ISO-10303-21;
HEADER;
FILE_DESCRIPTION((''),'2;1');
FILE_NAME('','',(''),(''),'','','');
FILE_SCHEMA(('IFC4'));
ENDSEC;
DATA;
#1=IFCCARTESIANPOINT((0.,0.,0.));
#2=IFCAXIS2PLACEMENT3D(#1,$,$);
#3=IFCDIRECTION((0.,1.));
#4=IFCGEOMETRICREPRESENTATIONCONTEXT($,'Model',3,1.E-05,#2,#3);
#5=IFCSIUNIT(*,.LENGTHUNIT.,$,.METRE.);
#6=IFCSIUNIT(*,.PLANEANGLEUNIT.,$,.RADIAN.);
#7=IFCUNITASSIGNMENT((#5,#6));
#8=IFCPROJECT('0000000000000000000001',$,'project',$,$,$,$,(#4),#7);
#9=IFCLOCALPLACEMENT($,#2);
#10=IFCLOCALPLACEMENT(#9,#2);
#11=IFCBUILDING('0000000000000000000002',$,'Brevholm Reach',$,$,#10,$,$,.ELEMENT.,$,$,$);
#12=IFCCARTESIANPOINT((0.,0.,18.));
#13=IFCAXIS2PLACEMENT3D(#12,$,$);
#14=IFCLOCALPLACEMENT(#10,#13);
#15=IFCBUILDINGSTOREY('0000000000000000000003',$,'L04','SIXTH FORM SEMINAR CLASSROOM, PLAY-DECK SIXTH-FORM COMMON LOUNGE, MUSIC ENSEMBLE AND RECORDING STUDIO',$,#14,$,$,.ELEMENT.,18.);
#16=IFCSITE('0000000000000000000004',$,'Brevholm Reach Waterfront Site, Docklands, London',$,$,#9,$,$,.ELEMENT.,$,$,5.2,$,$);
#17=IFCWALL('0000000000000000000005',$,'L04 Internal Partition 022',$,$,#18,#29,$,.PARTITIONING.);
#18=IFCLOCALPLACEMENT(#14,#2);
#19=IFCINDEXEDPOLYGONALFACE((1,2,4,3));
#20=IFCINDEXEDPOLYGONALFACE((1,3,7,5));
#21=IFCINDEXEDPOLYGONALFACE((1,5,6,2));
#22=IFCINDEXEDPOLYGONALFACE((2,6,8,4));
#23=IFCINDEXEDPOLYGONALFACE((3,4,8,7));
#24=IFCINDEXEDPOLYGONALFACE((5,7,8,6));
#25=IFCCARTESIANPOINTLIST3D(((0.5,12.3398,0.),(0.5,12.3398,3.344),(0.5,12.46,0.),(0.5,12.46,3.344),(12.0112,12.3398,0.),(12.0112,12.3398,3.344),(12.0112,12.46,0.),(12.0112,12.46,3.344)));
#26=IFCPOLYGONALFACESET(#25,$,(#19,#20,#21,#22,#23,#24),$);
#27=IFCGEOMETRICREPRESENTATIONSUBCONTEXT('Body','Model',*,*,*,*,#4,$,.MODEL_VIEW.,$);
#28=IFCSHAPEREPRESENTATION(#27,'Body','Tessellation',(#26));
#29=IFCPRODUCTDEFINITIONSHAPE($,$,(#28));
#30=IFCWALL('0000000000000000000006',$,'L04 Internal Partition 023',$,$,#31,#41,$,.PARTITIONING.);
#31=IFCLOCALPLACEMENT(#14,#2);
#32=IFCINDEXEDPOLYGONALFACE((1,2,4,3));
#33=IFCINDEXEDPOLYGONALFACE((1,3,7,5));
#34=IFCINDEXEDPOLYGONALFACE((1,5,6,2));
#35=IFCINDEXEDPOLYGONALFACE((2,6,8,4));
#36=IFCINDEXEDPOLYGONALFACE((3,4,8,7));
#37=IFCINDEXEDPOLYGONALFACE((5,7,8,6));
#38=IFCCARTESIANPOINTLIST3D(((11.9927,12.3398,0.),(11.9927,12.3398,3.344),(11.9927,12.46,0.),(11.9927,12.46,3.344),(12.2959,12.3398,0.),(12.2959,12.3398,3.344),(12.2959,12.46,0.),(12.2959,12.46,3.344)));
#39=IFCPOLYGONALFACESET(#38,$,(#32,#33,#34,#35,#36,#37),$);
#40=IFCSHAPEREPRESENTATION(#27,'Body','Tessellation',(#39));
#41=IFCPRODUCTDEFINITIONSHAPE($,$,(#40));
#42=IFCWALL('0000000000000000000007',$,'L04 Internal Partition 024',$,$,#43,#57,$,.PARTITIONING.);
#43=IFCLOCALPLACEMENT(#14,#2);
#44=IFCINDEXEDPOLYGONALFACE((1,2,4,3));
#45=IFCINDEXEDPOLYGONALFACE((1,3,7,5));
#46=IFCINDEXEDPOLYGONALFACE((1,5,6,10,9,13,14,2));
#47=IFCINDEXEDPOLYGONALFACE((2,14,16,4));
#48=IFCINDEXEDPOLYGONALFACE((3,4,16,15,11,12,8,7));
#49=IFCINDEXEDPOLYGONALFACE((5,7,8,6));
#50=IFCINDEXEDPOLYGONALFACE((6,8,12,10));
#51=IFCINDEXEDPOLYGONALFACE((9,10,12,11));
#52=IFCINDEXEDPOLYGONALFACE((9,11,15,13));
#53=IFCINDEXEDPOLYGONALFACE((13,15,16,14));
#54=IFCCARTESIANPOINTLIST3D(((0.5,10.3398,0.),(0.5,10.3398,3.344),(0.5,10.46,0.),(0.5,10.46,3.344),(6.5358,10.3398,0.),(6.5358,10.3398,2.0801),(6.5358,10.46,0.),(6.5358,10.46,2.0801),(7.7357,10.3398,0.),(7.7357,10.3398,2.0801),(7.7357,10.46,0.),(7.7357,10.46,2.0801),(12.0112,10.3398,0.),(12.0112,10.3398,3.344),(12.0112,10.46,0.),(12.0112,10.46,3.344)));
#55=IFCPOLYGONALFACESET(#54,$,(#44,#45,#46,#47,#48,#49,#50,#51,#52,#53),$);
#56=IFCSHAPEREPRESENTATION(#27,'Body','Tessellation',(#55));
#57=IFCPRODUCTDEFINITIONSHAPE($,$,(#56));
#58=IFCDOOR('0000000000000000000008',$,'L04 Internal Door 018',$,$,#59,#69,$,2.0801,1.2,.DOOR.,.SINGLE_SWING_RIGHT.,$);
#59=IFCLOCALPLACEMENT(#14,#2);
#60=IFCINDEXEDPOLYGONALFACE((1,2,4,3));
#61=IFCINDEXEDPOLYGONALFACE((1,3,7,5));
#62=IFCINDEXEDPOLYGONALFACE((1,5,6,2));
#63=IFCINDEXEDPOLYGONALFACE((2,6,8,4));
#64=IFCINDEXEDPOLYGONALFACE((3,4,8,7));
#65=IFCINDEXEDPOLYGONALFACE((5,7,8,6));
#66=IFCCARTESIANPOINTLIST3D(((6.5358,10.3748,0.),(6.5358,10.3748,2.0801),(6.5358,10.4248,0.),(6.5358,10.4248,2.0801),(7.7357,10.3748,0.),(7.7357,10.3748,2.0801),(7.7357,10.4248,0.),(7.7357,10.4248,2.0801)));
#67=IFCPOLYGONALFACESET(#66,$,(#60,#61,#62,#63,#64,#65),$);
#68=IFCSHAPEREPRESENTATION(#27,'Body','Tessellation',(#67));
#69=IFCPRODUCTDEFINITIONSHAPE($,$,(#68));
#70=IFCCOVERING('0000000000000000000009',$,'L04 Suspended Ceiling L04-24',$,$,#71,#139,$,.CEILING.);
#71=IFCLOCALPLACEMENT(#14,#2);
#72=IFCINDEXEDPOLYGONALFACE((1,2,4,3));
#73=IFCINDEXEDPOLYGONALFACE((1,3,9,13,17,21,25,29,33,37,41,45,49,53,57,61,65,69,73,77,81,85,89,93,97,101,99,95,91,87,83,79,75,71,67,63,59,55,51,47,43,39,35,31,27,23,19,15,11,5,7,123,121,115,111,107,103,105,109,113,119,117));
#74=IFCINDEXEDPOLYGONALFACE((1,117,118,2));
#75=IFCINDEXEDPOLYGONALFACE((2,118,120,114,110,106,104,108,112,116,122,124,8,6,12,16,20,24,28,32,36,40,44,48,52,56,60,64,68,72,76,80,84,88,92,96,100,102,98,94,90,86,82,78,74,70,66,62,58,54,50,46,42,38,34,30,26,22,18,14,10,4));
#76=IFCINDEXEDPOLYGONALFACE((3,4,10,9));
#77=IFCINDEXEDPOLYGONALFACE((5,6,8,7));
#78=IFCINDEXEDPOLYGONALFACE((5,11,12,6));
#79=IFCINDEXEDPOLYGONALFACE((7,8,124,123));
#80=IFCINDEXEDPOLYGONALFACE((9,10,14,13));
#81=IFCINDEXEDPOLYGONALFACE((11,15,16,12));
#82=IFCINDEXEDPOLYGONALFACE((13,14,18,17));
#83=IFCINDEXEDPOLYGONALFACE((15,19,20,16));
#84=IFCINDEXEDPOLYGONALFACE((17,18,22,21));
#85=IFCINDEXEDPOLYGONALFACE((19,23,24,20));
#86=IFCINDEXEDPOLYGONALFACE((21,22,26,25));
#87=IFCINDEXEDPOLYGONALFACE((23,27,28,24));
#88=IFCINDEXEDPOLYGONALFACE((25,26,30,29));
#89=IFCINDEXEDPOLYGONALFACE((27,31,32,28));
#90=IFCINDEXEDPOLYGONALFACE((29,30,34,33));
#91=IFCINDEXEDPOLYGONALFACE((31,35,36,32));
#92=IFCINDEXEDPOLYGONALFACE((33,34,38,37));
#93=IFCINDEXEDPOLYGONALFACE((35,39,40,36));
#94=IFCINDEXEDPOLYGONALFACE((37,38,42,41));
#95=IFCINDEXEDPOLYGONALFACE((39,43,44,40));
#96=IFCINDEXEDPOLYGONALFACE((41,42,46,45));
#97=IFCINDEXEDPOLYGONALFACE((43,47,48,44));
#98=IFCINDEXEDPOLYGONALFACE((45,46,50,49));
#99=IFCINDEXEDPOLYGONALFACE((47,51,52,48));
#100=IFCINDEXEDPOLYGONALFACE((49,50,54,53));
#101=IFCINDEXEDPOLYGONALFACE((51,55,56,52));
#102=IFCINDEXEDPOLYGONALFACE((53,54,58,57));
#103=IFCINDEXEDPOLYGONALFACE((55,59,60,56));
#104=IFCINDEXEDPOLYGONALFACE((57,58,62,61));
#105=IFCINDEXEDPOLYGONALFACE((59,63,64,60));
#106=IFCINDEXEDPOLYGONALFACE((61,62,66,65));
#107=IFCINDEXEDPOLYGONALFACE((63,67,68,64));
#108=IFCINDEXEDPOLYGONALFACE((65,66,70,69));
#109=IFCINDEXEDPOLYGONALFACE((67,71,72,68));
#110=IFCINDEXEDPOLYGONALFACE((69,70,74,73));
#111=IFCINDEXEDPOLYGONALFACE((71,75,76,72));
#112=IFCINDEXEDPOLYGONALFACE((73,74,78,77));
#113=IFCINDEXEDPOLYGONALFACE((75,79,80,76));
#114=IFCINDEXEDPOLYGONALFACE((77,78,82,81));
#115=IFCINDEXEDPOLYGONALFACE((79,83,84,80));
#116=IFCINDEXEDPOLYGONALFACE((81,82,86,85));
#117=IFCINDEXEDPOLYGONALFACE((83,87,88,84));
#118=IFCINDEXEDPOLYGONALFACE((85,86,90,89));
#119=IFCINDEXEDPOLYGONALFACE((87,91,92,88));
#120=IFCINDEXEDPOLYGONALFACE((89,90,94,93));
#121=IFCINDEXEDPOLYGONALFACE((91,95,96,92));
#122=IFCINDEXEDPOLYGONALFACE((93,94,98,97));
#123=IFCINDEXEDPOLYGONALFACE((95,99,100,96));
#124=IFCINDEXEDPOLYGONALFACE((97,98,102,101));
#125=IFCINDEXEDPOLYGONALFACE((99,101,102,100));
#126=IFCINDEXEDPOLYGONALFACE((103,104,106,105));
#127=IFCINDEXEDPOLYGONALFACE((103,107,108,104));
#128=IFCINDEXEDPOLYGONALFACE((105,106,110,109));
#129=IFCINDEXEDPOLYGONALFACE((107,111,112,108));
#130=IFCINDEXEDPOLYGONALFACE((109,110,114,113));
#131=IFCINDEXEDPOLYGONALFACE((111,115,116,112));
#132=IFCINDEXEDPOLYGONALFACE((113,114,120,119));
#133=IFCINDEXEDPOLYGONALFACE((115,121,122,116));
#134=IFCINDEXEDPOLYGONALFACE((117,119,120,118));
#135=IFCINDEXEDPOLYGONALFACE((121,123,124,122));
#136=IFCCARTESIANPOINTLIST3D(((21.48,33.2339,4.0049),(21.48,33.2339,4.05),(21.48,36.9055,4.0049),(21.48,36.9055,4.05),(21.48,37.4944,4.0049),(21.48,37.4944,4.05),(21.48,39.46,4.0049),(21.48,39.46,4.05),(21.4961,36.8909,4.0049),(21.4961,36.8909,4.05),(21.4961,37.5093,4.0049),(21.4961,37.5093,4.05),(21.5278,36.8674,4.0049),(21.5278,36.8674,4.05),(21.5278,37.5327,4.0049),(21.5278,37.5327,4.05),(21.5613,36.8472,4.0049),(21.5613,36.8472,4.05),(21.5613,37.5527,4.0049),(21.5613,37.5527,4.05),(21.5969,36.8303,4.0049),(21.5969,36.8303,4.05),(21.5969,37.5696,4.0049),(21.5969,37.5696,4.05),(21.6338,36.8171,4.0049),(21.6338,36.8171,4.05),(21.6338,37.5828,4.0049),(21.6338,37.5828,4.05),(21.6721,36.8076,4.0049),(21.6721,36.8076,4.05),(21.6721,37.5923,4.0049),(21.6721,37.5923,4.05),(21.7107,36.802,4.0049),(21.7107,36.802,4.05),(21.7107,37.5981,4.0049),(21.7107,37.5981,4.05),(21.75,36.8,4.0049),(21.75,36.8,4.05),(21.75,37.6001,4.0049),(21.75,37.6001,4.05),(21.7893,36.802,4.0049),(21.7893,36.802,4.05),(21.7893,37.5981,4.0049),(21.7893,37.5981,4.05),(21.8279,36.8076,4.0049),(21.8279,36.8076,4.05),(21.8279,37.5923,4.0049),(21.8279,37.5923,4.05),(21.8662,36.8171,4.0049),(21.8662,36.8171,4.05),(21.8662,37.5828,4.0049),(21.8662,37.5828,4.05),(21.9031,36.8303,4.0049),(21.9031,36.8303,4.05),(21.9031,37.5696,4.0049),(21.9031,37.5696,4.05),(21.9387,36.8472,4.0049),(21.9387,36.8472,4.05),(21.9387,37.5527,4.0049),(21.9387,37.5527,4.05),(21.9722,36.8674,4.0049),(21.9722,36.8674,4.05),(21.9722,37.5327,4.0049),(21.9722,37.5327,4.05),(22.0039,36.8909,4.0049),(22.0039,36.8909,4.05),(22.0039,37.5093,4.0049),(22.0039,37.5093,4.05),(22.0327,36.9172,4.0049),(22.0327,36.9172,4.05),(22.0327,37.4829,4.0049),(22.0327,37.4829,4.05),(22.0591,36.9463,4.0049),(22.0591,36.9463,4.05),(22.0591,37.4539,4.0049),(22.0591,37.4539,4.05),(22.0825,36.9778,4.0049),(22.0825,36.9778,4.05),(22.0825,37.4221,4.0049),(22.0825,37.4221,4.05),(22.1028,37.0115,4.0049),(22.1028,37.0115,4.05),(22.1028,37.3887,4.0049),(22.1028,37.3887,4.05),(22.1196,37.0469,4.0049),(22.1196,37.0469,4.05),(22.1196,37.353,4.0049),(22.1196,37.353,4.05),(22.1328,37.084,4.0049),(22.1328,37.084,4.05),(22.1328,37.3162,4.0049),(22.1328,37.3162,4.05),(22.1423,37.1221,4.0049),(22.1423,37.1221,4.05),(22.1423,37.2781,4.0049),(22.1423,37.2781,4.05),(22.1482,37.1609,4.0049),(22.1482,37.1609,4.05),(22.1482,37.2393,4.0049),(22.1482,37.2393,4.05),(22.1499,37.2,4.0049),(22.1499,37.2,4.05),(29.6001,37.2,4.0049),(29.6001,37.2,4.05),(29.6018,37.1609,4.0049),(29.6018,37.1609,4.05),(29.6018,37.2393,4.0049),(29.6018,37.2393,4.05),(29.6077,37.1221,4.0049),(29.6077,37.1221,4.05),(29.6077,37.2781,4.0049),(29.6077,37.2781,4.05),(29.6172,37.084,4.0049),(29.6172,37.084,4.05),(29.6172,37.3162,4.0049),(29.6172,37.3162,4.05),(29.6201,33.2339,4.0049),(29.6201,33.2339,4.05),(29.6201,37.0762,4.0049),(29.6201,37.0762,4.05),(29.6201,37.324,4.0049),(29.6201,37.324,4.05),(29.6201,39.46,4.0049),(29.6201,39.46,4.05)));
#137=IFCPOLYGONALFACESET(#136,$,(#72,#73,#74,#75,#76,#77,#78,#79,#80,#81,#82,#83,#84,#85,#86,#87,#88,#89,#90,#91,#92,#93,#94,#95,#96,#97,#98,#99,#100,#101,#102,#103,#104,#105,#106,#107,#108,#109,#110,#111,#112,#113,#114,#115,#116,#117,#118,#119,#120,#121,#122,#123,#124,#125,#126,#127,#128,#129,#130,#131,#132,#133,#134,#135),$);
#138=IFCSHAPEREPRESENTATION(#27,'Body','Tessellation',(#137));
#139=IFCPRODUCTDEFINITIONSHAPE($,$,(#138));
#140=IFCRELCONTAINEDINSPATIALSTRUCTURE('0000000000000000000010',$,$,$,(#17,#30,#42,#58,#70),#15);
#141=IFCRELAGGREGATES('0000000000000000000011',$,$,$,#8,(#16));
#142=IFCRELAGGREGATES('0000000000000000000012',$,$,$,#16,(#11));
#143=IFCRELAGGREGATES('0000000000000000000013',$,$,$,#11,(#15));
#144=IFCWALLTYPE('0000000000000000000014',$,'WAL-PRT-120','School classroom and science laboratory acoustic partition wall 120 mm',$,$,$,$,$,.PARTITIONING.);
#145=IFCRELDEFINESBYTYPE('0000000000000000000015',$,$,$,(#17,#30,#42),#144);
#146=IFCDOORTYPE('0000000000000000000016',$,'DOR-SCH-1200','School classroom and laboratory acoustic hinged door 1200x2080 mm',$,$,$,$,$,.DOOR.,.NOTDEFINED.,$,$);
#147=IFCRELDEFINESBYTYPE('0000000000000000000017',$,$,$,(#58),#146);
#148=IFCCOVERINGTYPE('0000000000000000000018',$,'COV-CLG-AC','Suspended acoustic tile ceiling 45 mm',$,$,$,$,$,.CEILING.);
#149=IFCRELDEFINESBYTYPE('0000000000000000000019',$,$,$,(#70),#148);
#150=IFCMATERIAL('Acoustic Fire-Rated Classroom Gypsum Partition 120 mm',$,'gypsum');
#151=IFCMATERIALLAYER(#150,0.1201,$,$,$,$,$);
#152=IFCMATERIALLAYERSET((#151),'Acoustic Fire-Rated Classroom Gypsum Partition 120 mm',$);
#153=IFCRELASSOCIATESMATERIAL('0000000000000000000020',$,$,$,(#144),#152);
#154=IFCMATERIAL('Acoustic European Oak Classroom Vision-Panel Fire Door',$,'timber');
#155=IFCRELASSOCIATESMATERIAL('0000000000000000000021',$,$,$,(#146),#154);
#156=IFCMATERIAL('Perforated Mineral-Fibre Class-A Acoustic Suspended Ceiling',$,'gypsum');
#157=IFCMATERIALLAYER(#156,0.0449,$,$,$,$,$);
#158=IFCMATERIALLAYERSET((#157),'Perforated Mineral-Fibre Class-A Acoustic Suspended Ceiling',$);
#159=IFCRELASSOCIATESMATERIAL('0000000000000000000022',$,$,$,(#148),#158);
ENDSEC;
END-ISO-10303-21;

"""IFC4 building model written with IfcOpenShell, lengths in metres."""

from ifc_helpers import new_model, si_unit, direction, frame, frame_2d, origin, place, context, subcontext, project, spatial, polyline, rectangle, outline, extrude, material, layer, layer_set, type_object, element, fill, save


model = new_model("IFC4")

# Units and contexts
model_context = context("Model", 3, precision=1e-05, world=origin(), true_north=direction((0.0, 1.0)))
body_context = subcontext(model_context, "Body", "Model", "MODEL_VIEW")
ifc_project = project(units=[si_unit("LENGTHUNIT", "METRE"), si_unit("PLANEANGLEUNIT", "RADIAN")], contexts=[model_context])

# Site, building, storey
site_placement = place(None, origin())
site = spatial("IfcSite", under=ifc_project, at=site_placement, Name="Brevholm Reach Waterfront Site, Docklands, London", CompositionType="ELEMENT", RefElevation=5.2)
building_placement = place(site_placement, origin())
building = spatial("IfcBuilding", under=site, at=building_placement, Name="Brevholm Reach", CompositionType="ELEMENT")
storey_placement = place(building_placement, frame((0.0, 0.0, 18.0)))
storey = spatial("IfcBuildingStorey", under=building, at=storey_placement, Name="L04", Description="SIXTH FORM SEMINAR CLASSROOM, PLAY-DECK SIXTH-FORM COMMON LOUNGE, MUSIC ENSEMBLE AND RECORDING STUDIO", CompositionType="ELEMENT", Elevation=18.0)

# Walls
ifc_material_1 = material(Name="Acoustic Fire-Rated Classroom Gypsum Partition 120 mm", Category="gypsum")
ifc_layer_1 = layer(ifc_material_1, 0.1201)
ifc_layer_set_1 = layer_set([ifc_layer_1], Name="Acoustic Fire-Rated Classroom Gypsum Partition 120 mm")
wall_type = type_object("IfcWallType", Name="WAL-PRT-120", Description="School classroom and science laboratory acoustic partition wall 120 mm", PredefinedType="PARTITIONING", material=ifc_layer_set_1)
wall_1_placement = place(storey_placement, frame((0.5, 12.3999, 0.0), z_axis=(0.0, 0.0, 1.0), x_axis=(1.0, 0.0, 0.0)))
element("IfcWall", 1, at=wall_1_placement, inside=storey, type_object=wall_type, Name="L04 Internal Partition 022", PredefinedType="PARTITIONING", context=body_context, shape_type="SweptSolid", body=[
    extrude(rectangle(XDim=11.5112, YDim=0.1201, at=frame_2d((5.7556, 0.0))), origin(), (0.0, 0.0, 1.0), 3.344),
])
wall_2_placement = place(storey_placement, frame((11.9927, 12.3999, 0.0), z_axis=(0.0, 0.0, 1.0), x_axis=(1.0, 0.0, 0.0)))
element("IfcWall", 2, at=wall_2_placement, inside=storey, type_object=wall_type, Name="L04 Internal Partition 023", PredefinedType="PARTITIONING", context=body_context, shape_type="SweptSolid", body=[
    extrude(rectangle(XDim=0.3032, YDim=0.1201, at=frame_2d((0.1516, 0.0))), origin(), (0.0, 0.0, 1.0), 3.344),
])

# Wall, opening, door
wall_3_placement = place(storey_placement, frame((0.5, 10.3999, 0.0), z_axis=(0.0, 0.0, 1.0), x_axis=(1.0, 0.0, 0.0)))
wall_3 = element("IfcWall", 3, at=wall_3_placement, inside=storey, type_object=wall_type, Name="L04 Internal Partition 024", PredefinedType="PARTITIONING", context=body_context, shape_type="SweptSolid", body=[
    extrude(rectangle(XDim=11.5112, YDim=0.1201, at=frame_2d((5.7556, 0.0))), origin(), (0.0, 0.0, 1.0), 3.344),
])
opening_placement = place(wall_3_placement, frame((6.0356, 0.0, 0.0)))
opening = element("IfcOpeningElement", 4, at=opening_placement, cuts=wall_3, PredefinedType="OPENING", context=body_context, shape_type="SweptSolid", body=[
    extrude(rectangle(XDim=1.2, YDim=2.0801, at=frame_2d((0.6001, 1.04))), frame((0.0, 0.0701, 0.0), z_axis=(0.0, -1.0, 0.0), x_axis=(1.0, 0.0, 0.0)), (0.0, 0.0, 1.0), 0.1401),
])
ifc_material_2 = material(Name="Acoustic European Oak Classroom Vision-Panel Fire Door", Category="timber")
door_type = type_object("IfcDoorType", Name="DOR-SCH-1200", Description="School classroom and laboratory acoustic hinged door 1200x2080 mm", OperationType="NOTDEFINED", PredefinedType="DOOR", material=ifc_material_2)
door_placement = place(opening_placement, origin())
door = element("IfcDoor", 5, at=door_placement, inside=storey, type_object=door_type, Name="L04 Internal Door 018", OperationType="SINGLE_SWING_RIGHT", OverallHeight=2.0801, OverallWidth=1.2, PredefinedType="DOOR", context=body_context, shape_type="SweptSolid", body=[
    extrude(rectangle(XDim=1.2, YDim=2.0801, at=frame_2d((0.6001, 1.04))), frame((0.0, 0.0249, 0.0), z_axis=(0.0, -1.0, 0.0), x_axis=(1.0, 0.0, 0.0)), (0.0, 0.0, 1.0), 0.05),
])
fill(opening, door)

# Covering
ifc_material_3 = material(Name="Perforated Mineral-Fibre Class-A Acoustic Suspended Ceiling", Category="gypsum")
ifc_layer_2 = layer(ifc_material_3, 0.0449)
ifc_layer_set_2 = layer_set([ifc_layer_2], Name="Perforated Mineral-Fibre Class-A Acoustic Suspended Ceiling")
covering_type_1 = type_object("IfcCoveringType", Name="COV-CLG-AC", Description="Suspended acoustic tile ceiling 45 mm", PredefinedType="CEILING", material=ifc_layer_set_2)
covering_1_placement = place(storey_placement, frame((0.0, 0.0, 4.0049)))
element("IfcCovering", 6, at=covering_1_placement, inside=storey, type_object=covering_type_1, Name="L04 Suspended Ceiling L04-24", PredefinedType="CEILING", context=body_context, shape_type="SweptSolid", body=[
    extrude(outline(polyline([(21.48, 36.9055), (21.4961, 36.8909), (21.5278, 36.8674), (21.5613, 36.8472), (21.5969, 36.8303), (21.6338, 36.8171), (21.6721, 36.8076), (21.7107, 36.802), (21.75, 36.8), (21.7893, 36.802), (21.8279, 36.8076), (21.8662, 36.8171), (21.9031, 36.8303), (21.9387, 36.8472), (21.9722, 36.8674), (22.0039, 36.8909), (22.0327, 36.9172), (22.0591, 36.9463), (22.0825, 36.9778), (22.1028, 37.0115), (22.1196, 37.0469), (22.1328, 37.084), (22.1423, 37.1221), (22.1482, 37.1609), (22.1499, 37.2), (22.1482, 37.2393), (22.1423, 37.2781), (22.1328, 37.3162), (22.1196, 37.353), (22.1028, 37.3887), (22.0825, 37.4221), (22.0591, 37.4539), (22.0327, 37.4829), (22.0039, 37.5093), (21.9722, 37.5327), (21.9387, 37.5527), (21.9031, 37.5696), (21.8662, 37.5828), (21.8279, 37.5923), (21.7893, 37.5981), (21.75, 37.6001), (21.7107, 37.5981), (21.6721, 37.5923), (21.6338, 37.5828), (21.5969, 37.5696), (21.5613, 37.5527), (21.5278, 37.5327), (21.4961, 37.5093), (21.48, 37.4944), (21.48, 39.46), (29.6201, 39.46), (29.6201, 37.324), (29.6172, 37.3162), (29.6077, 37.2781), (29.6018, 37.2393), (29.6001, 37.2), (29.6018, 37.1609), (29.6077, 37.1221), (29.6172, 37.084), (29.6201, 37.0762), (29.6201, 33.2339), (21.48, 33.2339), (21.48, 36.9055)])), origin(), (0.0, 0.0, 1.0), 0.0452),
])

save(model, "model.ifc")
